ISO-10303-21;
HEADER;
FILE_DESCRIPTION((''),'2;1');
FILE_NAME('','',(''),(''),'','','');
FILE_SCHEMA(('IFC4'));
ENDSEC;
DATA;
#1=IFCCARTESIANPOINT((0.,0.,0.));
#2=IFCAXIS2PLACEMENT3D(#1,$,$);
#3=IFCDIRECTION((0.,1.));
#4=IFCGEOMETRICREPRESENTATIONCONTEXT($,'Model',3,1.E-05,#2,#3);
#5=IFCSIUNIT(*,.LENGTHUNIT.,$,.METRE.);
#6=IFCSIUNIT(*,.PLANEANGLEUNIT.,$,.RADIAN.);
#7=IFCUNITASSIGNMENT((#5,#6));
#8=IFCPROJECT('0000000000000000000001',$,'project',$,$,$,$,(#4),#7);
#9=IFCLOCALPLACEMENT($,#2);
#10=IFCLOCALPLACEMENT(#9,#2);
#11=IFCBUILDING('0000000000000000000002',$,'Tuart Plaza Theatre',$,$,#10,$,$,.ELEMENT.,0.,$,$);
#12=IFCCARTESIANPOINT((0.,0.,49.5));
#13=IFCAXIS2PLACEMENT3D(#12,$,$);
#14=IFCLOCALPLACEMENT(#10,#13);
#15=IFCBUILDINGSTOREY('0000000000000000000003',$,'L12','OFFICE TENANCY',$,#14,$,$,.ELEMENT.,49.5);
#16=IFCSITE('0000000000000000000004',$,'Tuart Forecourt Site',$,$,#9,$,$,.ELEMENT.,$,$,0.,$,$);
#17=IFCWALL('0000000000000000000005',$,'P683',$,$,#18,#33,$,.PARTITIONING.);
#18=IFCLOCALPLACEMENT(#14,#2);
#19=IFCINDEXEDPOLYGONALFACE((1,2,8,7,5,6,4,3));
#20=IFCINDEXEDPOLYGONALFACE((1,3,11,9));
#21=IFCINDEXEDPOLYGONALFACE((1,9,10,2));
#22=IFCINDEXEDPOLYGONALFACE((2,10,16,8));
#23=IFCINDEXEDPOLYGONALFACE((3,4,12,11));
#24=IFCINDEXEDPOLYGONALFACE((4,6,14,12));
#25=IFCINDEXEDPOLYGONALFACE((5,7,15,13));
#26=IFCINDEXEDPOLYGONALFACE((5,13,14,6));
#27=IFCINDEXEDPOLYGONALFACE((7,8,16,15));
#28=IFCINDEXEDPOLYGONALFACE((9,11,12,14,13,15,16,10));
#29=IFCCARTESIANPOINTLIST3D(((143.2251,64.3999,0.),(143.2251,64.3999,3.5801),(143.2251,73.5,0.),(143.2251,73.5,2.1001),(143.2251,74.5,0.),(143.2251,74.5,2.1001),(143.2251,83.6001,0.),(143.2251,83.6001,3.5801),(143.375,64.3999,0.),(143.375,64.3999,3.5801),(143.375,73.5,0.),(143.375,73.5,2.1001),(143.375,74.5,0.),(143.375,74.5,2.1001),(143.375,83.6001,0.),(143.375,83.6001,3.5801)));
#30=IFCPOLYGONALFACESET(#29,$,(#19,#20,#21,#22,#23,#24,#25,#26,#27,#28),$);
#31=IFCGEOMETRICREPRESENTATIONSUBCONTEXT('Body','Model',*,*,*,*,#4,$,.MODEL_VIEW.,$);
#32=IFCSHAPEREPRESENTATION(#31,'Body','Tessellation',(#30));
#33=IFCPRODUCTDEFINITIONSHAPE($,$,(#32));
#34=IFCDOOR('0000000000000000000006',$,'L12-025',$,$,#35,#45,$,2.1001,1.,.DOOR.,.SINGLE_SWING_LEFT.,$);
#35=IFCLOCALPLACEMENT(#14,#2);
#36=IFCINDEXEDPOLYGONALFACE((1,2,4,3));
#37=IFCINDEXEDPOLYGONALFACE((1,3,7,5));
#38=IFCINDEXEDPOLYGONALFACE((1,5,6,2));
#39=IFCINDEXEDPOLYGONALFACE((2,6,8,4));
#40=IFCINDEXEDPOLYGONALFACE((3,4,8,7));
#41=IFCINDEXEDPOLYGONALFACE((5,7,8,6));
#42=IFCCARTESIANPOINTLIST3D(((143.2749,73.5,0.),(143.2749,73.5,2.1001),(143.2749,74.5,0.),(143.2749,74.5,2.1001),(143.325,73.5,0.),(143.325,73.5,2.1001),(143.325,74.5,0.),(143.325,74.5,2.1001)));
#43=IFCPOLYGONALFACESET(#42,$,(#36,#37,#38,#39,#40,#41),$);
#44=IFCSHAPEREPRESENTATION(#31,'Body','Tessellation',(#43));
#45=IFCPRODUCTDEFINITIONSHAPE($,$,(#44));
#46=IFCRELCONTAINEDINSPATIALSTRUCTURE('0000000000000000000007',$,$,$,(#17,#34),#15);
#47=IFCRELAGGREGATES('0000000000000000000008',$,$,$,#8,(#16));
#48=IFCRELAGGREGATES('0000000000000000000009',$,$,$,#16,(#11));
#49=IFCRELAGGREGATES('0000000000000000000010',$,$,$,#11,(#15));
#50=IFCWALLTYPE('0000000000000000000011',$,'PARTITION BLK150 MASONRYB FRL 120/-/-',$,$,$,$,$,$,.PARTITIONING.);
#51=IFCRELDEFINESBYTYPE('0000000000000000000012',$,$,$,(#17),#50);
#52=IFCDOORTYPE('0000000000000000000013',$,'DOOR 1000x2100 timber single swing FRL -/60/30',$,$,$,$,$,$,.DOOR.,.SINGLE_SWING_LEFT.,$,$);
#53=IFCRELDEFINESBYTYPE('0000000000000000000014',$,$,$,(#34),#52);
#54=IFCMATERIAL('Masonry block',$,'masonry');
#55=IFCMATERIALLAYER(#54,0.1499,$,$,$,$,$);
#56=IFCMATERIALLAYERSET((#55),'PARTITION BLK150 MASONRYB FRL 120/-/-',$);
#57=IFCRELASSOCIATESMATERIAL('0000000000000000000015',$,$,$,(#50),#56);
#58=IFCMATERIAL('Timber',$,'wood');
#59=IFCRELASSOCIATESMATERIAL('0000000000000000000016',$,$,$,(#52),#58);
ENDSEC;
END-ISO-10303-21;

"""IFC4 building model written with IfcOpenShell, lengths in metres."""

from ifc_helpers import new_model, si_unit, direction, frame, frame_2d, origin, place, context, subcontext, project, spatial, rectangle, extrude, material, layer, layer_set, type_object, element, fill, save


model = new_model("IFC4")

# Units and contexts
model_context = context("Model", 3, precision=1e-05, world=origin(), true_north=direction((0.0, 1.0)))
body_context = subcontext(model_context, "Body", "Model", "MODEL_VIEW")
ifc_project = project(units=[si_unit("LENGTHUNIT", "METRE"), si_unit("PLANEANGLEUNIT", "RADIAN")], contexts=[model_context])

# Site, building, storey
site_placement = place(None, origin())
site = spatial("IfcSite", under=ifc_project, at=site_placement, Name="Tuart Forecourt Site", CompositionType="ELEMENT", RefElevation=0.0)
building_placement = place(site_placement, origin())
building = spatial("IfcBuilding", under=site, at=building_placement, Name="Tuart Plaza Theatre", CompositionType="ELEMENT", ElevationOfRefHeight=0.0)
storey_placement = place(building_placement, frame((0.0, 0.0, 49.5)))
storey = spatial("IfcBuildingStorey", under=building, at=storey_placement, Name="L12", Description="OFFICE TENANCY", CompositionType="ELEMENT", Elevation=49.5)

# Wall, opening, door
ifc_material_1 = material(Name="Masonry block", Category="masonry")
ifc_layer_1 = layer(ifc_material_1, 0.1499)
ifc_layer_set_1 = layer_set([ifc_layer_1], Name="PARTITION BLK150 MASONRYB FRL 120/-/-")
wall_type = type_object("IfcWallType", Name="PARTITION BLK150 MASONRYB FRL 120/-/-", PredefinedType="PARTITIONING", material=ifc_layer_set_1)
wall_placement = place(storey_placement, frame((143.3, 83.6001, 0.0), z_axis=(0.0, 0.0, 1.0), x_axis=(0.0, -1.0, 0.0)))
wall = element("IfcWall", 1, at=wall_placement, inside=storey, type_object=wall_type, Name="P683", PredefinedType="PARTITIONING", context=body_context, shape_type="SweptSolid", body=[
    extrude(rectangle(XDim=19.2002, YDim=0.1499, at=frame_2d((9.6001, 0.0))), origin(), (0.0, 0.0, 1.0), 3.5801),
])
opening_placement = place(wall_placement, frame((9.1001, 0.0, 0.0)))
opening = element("IfcOpeningElement", 2, at=opening_placement, cuts=wall, PredefinedType="OPENING", context=body_context, shape_type="SweptSolid", body=[
    extrude(rectangle(XDim=1.0, YDim=2.1001, at=frame_2d((0.5, 1.05))), frame((0.0, 0.085, 0.0), z_axis=(0.0, -1.0, 0.0), x_axis=(1.0, 0.0, 0.0)), (0.0, 0.0, 1.0), 0.1699),
])
ifc_material_2 = material(Name="Timber", Category="wood")
door_type = type_object("IfcDoorType", Name="DOOR 1000x2100 timber single swing FRL -/60/30", OperationType="SINGLE_SWING_LEFT", PredefinedType="DOOR", material=ifc_material_2)
door_placement = place(opening_placement, origin())
door = element("IfcDoor", 3, at=door_placement, inside=storey, type_object=door_type, Name="L12-025", OperationType="SINGLE_SWING_LEFT", OverallHeight=2.1001, OverallWidth=1.0, PredefinedType="DOOR", context=body_context, shape_type="SweptSolid", body=[
    extrude(rectangle(XDim=1.0, YDim=2.1001, at=frame_2d((0.5, 1.05))), frame((0.0, 0.0249, 0.0), z_axis=(0.0, -1.0, 0.0), x_axis=(1.0, 0.0, 0.0)), (0.0, 0.0, 1.0), 0.05),
])
fill(opening, door)

save(model, "model.ifc")
